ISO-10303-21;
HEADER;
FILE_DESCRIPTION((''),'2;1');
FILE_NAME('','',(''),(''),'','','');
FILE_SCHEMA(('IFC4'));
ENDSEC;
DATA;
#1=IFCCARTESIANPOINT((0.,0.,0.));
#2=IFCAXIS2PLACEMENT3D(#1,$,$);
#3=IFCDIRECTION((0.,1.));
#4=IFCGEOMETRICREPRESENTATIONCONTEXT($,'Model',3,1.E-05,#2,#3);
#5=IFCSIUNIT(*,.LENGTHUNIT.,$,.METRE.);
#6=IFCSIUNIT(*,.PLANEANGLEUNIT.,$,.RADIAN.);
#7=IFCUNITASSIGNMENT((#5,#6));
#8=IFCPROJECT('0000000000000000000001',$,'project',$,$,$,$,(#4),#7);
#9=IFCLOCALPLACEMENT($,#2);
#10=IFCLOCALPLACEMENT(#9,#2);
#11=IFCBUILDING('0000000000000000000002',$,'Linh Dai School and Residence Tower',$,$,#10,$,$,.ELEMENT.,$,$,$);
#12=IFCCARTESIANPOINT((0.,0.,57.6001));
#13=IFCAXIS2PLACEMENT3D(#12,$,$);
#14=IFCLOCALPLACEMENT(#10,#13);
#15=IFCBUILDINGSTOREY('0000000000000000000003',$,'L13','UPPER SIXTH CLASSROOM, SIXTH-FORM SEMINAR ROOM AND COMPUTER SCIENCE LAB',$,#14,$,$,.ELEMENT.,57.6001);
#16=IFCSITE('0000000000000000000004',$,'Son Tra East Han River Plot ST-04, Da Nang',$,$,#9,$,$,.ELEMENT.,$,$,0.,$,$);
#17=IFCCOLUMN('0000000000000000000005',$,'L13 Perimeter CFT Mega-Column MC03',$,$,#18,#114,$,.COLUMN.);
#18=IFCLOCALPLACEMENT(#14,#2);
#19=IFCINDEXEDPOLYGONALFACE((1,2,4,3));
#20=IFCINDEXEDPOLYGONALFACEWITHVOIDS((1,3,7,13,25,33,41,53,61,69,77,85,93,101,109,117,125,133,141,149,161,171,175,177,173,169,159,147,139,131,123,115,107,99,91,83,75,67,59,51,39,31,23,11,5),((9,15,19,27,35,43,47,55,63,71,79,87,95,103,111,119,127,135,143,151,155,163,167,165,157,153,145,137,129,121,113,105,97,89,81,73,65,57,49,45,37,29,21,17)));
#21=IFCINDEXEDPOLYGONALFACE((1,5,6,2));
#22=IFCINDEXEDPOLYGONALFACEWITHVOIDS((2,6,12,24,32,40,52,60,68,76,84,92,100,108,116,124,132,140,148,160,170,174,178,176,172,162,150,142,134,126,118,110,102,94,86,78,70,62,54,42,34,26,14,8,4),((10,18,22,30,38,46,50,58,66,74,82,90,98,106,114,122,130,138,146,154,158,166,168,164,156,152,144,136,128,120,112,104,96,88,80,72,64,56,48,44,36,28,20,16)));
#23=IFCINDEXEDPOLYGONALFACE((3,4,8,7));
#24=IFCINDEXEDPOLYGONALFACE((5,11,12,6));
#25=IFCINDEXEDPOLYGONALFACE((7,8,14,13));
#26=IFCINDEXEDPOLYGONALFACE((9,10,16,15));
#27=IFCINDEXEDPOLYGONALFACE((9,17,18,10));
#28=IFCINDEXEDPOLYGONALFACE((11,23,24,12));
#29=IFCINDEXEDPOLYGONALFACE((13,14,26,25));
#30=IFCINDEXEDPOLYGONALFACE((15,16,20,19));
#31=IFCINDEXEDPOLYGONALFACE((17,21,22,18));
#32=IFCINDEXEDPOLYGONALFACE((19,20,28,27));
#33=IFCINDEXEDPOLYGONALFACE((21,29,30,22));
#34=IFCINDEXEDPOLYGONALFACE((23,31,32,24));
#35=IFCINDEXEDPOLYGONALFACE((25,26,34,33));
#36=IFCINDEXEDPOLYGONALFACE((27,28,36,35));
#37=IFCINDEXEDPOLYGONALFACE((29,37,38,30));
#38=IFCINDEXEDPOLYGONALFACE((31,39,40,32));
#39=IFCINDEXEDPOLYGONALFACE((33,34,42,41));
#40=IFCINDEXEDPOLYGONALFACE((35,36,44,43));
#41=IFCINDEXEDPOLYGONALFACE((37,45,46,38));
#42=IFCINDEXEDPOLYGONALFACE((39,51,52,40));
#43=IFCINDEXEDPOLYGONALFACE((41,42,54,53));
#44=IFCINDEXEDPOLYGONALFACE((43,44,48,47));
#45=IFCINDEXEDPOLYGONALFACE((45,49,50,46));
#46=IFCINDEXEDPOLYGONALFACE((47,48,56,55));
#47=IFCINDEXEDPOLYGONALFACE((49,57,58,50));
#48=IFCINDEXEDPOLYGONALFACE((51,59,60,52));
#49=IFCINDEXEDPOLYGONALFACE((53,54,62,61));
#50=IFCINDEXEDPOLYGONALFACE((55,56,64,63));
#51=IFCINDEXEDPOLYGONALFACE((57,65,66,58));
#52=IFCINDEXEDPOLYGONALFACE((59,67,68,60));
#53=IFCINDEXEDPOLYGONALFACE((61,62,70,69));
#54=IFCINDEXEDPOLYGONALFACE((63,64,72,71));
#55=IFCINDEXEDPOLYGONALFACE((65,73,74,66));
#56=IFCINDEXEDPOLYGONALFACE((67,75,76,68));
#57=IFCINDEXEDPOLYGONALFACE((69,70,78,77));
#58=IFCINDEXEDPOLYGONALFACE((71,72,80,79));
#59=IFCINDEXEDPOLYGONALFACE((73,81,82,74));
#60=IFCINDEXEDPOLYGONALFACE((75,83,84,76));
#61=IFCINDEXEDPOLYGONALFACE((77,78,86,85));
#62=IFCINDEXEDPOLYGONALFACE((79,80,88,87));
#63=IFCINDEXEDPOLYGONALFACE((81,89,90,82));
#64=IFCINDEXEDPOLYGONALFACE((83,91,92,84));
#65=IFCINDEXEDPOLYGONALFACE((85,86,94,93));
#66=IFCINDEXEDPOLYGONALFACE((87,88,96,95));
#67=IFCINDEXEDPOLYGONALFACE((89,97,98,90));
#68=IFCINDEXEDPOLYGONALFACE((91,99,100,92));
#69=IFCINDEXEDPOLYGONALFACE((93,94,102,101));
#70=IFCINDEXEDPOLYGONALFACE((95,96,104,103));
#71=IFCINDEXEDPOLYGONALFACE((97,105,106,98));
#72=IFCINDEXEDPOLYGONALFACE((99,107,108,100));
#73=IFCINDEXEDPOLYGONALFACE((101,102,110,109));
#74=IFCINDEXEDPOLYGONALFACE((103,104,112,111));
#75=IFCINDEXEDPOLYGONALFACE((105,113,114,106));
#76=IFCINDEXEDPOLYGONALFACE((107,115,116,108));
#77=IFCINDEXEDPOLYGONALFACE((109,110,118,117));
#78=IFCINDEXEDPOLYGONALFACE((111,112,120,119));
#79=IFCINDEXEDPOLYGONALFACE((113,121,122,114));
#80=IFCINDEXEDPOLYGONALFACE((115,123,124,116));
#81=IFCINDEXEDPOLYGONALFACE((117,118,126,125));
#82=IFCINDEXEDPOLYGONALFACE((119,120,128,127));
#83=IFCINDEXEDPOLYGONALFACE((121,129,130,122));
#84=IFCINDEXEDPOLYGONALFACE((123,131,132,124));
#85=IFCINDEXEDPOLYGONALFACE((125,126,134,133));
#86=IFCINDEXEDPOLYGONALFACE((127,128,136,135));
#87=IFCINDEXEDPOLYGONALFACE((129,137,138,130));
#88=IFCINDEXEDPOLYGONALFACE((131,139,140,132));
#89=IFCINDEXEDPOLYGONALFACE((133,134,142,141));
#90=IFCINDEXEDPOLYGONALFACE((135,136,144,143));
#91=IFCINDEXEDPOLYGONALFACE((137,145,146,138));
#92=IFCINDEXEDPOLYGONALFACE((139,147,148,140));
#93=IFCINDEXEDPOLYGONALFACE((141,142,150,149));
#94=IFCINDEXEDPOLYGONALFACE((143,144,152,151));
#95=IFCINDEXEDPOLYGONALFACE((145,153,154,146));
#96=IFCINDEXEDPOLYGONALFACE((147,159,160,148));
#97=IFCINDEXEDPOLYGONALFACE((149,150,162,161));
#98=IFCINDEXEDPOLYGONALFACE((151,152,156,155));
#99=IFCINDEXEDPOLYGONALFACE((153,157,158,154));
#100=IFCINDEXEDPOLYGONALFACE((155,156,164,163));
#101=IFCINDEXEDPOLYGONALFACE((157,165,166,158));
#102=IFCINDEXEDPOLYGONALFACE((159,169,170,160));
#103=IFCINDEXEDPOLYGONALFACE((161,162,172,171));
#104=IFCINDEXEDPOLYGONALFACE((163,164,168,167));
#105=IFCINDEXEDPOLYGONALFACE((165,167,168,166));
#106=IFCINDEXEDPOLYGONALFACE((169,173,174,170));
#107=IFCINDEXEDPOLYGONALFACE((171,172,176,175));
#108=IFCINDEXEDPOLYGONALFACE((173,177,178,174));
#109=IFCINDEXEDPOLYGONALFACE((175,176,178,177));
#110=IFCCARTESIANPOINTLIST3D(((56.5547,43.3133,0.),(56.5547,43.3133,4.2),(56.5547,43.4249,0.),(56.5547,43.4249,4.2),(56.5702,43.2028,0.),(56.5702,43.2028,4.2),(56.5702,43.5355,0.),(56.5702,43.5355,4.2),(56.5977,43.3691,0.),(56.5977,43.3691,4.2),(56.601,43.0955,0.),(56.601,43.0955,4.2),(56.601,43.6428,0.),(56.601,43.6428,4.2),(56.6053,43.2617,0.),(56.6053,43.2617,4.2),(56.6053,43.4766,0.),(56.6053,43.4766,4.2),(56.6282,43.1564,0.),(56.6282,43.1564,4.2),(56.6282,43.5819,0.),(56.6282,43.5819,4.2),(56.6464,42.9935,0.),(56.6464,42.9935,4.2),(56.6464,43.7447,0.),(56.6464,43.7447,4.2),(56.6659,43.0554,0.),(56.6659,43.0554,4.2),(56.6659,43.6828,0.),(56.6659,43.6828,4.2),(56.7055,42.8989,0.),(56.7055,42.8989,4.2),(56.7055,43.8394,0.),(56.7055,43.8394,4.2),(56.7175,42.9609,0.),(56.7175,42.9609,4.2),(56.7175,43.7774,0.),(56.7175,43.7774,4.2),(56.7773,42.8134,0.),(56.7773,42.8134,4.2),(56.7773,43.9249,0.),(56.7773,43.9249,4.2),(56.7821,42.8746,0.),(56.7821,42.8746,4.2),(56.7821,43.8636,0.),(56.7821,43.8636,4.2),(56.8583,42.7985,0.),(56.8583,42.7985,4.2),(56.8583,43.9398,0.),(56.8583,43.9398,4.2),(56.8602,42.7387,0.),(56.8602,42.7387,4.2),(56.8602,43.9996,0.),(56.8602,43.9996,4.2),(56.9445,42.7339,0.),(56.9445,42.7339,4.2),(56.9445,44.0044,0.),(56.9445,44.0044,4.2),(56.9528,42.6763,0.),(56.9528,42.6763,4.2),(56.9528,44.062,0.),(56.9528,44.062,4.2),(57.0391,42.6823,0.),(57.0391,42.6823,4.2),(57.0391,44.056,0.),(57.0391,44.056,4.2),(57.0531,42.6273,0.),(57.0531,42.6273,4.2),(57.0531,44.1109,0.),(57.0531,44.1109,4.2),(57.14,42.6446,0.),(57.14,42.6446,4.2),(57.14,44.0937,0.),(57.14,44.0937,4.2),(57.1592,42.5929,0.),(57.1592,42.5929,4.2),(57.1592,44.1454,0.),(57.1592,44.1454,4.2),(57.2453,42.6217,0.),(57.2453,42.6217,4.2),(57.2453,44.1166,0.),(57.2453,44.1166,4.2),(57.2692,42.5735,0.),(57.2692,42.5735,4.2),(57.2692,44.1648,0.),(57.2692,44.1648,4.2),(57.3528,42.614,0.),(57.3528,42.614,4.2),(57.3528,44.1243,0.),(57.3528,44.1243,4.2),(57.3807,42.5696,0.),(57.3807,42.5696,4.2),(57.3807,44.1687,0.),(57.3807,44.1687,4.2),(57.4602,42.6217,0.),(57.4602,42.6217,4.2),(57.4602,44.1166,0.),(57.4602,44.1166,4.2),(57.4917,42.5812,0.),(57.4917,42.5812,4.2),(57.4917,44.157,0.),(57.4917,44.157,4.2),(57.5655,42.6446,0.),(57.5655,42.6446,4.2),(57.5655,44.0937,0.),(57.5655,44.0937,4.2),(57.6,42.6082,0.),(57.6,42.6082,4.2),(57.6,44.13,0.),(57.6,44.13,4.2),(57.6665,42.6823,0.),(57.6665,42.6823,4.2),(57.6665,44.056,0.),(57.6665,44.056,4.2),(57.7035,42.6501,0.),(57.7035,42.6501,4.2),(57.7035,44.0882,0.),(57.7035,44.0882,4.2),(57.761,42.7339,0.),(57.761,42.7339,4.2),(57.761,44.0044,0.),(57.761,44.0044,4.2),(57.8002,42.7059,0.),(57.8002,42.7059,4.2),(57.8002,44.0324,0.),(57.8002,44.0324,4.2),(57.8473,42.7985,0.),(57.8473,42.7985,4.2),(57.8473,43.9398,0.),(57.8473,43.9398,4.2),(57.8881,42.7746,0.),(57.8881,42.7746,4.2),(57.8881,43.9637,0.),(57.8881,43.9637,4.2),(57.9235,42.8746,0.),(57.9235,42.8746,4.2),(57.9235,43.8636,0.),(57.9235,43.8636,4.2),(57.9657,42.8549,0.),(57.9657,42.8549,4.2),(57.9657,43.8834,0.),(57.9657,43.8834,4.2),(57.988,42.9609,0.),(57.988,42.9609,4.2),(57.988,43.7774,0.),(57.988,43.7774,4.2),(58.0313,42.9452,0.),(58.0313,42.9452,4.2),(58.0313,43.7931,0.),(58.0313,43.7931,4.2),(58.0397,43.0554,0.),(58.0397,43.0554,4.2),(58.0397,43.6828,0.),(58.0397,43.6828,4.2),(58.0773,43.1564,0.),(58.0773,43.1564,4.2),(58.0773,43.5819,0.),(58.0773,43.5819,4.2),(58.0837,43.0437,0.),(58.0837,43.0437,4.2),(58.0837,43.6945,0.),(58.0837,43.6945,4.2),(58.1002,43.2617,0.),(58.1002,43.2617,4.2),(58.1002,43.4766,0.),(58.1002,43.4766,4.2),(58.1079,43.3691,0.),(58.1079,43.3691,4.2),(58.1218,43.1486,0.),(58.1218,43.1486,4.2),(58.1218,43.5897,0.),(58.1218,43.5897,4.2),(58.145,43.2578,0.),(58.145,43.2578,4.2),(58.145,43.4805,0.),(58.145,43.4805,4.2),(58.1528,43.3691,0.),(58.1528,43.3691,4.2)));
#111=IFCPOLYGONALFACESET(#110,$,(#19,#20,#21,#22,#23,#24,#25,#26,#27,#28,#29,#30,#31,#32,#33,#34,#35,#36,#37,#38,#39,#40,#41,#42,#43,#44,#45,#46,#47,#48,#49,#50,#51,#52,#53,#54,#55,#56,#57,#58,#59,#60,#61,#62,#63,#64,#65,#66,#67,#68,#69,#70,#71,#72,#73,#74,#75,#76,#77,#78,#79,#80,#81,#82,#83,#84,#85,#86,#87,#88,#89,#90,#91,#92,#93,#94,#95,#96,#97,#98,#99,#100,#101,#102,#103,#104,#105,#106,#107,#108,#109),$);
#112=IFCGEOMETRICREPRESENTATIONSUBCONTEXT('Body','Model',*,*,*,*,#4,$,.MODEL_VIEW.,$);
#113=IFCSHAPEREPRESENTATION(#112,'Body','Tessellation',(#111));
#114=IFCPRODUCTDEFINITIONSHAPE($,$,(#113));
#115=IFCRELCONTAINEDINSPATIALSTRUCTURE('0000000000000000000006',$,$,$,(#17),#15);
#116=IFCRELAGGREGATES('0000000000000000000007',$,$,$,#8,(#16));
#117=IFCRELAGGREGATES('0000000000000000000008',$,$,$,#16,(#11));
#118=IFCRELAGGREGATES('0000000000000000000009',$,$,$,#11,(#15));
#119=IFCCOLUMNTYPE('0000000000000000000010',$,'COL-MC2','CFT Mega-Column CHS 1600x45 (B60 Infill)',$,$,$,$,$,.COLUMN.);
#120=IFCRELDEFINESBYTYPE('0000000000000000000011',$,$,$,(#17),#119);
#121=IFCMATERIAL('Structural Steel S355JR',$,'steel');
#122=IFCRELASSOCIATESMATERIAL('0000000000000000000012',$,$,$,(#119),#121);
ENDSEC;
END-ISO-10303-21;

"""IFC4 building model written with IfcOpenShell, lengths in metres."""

from ifc_helpers import new_model, si_unit, direction, frame, origin, origin_2d, place, context, subcontext, project, spatial, hollow_circle, extrude, material, material_profile, profile_set, type_object, element, save


model = new_model("IFC4")

# Units and contexts
model_context = context("Model", 3, precision=1e-05, world=origin(), true_north=direction((0.0, 1.0)))
body_context = subcontext(model_context, "Body", "Model", "MODEL_VIEW")
ifc_project = project(units=[si_unit("LENGTHUNIT", "METRE"), si_unit("PLANEANGLEUNIT", "RADIAN")], contexts=[model_context])

# Site, building, storey
site_placement = place(None, origin())
site = spatial("IfcSite", under=ifc_project, at=site_placement, Name="Son Tra East Han River Plot ST-04, Da Nang", CompositionType="ELEMENT", RefElevation=0.0)
building_placement = place(site_placement, origin())
building = spatial("IfcBuilding", under=site, at=building_placement, Name="Linh Dai School and Residence Tower", CompositionType="ELEMENT")
storey_placement = place(building_placement, frame((0.0, 0.0, 57.6001)))
storey = spatial("IfcBuildingStorey", under=building, at=storey_placement, Name="L13", Description="UPPER SIXTH CLASSROOM, SIXTH-FORM SEMINAR ROOM AND COMPUTER SCIENCE LAB", CompositionType="ELEMENT", Elevation=57.6001)

# Column
ifc_material_1 = material(Name="Structural Steel S355JR", Category="steel")
ifc_material_profile_1 = material_profile(ifc_material_1, hollow_circle(Radius=0.8, WallThickness=0.0449, at=origin_2d()), Name="CHS 1600x45")
ifc_profile_set_1 = profile_set([ifc_material_profile_1], Name="Structural Steel S355JR")
column_type_1 = type_object("IfcColumnType", Name="COL-MC2", Description="CFT Mega-Column CHS 1600x45 (B60 Infill)", PredefinedType="COLUMN", material=ifc_profile_set_1)
for number, where, z_axis, x_axis, name in (
    (1, (57.3528, 43.3691, 0.0), (0.0, 0.0, 1.0), (1.0, 0.0, 0.0), "L13 Perimeter CFT Mega-Column MC03"),
):
    element("IfcColumn", number, at=place(storey_placement, frame(where, z_axis=z_axis, x_axis=x_axis)), inside=storey, type_object=column_type_1, Name=name, PredefinedType="COLUMN", context=body_context, shape_type="SweptSolid", body=[
        extrude(hollow_circle(Radius=0.8, WallThickness=0.0449, at=origin_2d()), origin(), (0.0, 0.0, 1.0), 4.2),
    ])

save(model, "model.ifc")
